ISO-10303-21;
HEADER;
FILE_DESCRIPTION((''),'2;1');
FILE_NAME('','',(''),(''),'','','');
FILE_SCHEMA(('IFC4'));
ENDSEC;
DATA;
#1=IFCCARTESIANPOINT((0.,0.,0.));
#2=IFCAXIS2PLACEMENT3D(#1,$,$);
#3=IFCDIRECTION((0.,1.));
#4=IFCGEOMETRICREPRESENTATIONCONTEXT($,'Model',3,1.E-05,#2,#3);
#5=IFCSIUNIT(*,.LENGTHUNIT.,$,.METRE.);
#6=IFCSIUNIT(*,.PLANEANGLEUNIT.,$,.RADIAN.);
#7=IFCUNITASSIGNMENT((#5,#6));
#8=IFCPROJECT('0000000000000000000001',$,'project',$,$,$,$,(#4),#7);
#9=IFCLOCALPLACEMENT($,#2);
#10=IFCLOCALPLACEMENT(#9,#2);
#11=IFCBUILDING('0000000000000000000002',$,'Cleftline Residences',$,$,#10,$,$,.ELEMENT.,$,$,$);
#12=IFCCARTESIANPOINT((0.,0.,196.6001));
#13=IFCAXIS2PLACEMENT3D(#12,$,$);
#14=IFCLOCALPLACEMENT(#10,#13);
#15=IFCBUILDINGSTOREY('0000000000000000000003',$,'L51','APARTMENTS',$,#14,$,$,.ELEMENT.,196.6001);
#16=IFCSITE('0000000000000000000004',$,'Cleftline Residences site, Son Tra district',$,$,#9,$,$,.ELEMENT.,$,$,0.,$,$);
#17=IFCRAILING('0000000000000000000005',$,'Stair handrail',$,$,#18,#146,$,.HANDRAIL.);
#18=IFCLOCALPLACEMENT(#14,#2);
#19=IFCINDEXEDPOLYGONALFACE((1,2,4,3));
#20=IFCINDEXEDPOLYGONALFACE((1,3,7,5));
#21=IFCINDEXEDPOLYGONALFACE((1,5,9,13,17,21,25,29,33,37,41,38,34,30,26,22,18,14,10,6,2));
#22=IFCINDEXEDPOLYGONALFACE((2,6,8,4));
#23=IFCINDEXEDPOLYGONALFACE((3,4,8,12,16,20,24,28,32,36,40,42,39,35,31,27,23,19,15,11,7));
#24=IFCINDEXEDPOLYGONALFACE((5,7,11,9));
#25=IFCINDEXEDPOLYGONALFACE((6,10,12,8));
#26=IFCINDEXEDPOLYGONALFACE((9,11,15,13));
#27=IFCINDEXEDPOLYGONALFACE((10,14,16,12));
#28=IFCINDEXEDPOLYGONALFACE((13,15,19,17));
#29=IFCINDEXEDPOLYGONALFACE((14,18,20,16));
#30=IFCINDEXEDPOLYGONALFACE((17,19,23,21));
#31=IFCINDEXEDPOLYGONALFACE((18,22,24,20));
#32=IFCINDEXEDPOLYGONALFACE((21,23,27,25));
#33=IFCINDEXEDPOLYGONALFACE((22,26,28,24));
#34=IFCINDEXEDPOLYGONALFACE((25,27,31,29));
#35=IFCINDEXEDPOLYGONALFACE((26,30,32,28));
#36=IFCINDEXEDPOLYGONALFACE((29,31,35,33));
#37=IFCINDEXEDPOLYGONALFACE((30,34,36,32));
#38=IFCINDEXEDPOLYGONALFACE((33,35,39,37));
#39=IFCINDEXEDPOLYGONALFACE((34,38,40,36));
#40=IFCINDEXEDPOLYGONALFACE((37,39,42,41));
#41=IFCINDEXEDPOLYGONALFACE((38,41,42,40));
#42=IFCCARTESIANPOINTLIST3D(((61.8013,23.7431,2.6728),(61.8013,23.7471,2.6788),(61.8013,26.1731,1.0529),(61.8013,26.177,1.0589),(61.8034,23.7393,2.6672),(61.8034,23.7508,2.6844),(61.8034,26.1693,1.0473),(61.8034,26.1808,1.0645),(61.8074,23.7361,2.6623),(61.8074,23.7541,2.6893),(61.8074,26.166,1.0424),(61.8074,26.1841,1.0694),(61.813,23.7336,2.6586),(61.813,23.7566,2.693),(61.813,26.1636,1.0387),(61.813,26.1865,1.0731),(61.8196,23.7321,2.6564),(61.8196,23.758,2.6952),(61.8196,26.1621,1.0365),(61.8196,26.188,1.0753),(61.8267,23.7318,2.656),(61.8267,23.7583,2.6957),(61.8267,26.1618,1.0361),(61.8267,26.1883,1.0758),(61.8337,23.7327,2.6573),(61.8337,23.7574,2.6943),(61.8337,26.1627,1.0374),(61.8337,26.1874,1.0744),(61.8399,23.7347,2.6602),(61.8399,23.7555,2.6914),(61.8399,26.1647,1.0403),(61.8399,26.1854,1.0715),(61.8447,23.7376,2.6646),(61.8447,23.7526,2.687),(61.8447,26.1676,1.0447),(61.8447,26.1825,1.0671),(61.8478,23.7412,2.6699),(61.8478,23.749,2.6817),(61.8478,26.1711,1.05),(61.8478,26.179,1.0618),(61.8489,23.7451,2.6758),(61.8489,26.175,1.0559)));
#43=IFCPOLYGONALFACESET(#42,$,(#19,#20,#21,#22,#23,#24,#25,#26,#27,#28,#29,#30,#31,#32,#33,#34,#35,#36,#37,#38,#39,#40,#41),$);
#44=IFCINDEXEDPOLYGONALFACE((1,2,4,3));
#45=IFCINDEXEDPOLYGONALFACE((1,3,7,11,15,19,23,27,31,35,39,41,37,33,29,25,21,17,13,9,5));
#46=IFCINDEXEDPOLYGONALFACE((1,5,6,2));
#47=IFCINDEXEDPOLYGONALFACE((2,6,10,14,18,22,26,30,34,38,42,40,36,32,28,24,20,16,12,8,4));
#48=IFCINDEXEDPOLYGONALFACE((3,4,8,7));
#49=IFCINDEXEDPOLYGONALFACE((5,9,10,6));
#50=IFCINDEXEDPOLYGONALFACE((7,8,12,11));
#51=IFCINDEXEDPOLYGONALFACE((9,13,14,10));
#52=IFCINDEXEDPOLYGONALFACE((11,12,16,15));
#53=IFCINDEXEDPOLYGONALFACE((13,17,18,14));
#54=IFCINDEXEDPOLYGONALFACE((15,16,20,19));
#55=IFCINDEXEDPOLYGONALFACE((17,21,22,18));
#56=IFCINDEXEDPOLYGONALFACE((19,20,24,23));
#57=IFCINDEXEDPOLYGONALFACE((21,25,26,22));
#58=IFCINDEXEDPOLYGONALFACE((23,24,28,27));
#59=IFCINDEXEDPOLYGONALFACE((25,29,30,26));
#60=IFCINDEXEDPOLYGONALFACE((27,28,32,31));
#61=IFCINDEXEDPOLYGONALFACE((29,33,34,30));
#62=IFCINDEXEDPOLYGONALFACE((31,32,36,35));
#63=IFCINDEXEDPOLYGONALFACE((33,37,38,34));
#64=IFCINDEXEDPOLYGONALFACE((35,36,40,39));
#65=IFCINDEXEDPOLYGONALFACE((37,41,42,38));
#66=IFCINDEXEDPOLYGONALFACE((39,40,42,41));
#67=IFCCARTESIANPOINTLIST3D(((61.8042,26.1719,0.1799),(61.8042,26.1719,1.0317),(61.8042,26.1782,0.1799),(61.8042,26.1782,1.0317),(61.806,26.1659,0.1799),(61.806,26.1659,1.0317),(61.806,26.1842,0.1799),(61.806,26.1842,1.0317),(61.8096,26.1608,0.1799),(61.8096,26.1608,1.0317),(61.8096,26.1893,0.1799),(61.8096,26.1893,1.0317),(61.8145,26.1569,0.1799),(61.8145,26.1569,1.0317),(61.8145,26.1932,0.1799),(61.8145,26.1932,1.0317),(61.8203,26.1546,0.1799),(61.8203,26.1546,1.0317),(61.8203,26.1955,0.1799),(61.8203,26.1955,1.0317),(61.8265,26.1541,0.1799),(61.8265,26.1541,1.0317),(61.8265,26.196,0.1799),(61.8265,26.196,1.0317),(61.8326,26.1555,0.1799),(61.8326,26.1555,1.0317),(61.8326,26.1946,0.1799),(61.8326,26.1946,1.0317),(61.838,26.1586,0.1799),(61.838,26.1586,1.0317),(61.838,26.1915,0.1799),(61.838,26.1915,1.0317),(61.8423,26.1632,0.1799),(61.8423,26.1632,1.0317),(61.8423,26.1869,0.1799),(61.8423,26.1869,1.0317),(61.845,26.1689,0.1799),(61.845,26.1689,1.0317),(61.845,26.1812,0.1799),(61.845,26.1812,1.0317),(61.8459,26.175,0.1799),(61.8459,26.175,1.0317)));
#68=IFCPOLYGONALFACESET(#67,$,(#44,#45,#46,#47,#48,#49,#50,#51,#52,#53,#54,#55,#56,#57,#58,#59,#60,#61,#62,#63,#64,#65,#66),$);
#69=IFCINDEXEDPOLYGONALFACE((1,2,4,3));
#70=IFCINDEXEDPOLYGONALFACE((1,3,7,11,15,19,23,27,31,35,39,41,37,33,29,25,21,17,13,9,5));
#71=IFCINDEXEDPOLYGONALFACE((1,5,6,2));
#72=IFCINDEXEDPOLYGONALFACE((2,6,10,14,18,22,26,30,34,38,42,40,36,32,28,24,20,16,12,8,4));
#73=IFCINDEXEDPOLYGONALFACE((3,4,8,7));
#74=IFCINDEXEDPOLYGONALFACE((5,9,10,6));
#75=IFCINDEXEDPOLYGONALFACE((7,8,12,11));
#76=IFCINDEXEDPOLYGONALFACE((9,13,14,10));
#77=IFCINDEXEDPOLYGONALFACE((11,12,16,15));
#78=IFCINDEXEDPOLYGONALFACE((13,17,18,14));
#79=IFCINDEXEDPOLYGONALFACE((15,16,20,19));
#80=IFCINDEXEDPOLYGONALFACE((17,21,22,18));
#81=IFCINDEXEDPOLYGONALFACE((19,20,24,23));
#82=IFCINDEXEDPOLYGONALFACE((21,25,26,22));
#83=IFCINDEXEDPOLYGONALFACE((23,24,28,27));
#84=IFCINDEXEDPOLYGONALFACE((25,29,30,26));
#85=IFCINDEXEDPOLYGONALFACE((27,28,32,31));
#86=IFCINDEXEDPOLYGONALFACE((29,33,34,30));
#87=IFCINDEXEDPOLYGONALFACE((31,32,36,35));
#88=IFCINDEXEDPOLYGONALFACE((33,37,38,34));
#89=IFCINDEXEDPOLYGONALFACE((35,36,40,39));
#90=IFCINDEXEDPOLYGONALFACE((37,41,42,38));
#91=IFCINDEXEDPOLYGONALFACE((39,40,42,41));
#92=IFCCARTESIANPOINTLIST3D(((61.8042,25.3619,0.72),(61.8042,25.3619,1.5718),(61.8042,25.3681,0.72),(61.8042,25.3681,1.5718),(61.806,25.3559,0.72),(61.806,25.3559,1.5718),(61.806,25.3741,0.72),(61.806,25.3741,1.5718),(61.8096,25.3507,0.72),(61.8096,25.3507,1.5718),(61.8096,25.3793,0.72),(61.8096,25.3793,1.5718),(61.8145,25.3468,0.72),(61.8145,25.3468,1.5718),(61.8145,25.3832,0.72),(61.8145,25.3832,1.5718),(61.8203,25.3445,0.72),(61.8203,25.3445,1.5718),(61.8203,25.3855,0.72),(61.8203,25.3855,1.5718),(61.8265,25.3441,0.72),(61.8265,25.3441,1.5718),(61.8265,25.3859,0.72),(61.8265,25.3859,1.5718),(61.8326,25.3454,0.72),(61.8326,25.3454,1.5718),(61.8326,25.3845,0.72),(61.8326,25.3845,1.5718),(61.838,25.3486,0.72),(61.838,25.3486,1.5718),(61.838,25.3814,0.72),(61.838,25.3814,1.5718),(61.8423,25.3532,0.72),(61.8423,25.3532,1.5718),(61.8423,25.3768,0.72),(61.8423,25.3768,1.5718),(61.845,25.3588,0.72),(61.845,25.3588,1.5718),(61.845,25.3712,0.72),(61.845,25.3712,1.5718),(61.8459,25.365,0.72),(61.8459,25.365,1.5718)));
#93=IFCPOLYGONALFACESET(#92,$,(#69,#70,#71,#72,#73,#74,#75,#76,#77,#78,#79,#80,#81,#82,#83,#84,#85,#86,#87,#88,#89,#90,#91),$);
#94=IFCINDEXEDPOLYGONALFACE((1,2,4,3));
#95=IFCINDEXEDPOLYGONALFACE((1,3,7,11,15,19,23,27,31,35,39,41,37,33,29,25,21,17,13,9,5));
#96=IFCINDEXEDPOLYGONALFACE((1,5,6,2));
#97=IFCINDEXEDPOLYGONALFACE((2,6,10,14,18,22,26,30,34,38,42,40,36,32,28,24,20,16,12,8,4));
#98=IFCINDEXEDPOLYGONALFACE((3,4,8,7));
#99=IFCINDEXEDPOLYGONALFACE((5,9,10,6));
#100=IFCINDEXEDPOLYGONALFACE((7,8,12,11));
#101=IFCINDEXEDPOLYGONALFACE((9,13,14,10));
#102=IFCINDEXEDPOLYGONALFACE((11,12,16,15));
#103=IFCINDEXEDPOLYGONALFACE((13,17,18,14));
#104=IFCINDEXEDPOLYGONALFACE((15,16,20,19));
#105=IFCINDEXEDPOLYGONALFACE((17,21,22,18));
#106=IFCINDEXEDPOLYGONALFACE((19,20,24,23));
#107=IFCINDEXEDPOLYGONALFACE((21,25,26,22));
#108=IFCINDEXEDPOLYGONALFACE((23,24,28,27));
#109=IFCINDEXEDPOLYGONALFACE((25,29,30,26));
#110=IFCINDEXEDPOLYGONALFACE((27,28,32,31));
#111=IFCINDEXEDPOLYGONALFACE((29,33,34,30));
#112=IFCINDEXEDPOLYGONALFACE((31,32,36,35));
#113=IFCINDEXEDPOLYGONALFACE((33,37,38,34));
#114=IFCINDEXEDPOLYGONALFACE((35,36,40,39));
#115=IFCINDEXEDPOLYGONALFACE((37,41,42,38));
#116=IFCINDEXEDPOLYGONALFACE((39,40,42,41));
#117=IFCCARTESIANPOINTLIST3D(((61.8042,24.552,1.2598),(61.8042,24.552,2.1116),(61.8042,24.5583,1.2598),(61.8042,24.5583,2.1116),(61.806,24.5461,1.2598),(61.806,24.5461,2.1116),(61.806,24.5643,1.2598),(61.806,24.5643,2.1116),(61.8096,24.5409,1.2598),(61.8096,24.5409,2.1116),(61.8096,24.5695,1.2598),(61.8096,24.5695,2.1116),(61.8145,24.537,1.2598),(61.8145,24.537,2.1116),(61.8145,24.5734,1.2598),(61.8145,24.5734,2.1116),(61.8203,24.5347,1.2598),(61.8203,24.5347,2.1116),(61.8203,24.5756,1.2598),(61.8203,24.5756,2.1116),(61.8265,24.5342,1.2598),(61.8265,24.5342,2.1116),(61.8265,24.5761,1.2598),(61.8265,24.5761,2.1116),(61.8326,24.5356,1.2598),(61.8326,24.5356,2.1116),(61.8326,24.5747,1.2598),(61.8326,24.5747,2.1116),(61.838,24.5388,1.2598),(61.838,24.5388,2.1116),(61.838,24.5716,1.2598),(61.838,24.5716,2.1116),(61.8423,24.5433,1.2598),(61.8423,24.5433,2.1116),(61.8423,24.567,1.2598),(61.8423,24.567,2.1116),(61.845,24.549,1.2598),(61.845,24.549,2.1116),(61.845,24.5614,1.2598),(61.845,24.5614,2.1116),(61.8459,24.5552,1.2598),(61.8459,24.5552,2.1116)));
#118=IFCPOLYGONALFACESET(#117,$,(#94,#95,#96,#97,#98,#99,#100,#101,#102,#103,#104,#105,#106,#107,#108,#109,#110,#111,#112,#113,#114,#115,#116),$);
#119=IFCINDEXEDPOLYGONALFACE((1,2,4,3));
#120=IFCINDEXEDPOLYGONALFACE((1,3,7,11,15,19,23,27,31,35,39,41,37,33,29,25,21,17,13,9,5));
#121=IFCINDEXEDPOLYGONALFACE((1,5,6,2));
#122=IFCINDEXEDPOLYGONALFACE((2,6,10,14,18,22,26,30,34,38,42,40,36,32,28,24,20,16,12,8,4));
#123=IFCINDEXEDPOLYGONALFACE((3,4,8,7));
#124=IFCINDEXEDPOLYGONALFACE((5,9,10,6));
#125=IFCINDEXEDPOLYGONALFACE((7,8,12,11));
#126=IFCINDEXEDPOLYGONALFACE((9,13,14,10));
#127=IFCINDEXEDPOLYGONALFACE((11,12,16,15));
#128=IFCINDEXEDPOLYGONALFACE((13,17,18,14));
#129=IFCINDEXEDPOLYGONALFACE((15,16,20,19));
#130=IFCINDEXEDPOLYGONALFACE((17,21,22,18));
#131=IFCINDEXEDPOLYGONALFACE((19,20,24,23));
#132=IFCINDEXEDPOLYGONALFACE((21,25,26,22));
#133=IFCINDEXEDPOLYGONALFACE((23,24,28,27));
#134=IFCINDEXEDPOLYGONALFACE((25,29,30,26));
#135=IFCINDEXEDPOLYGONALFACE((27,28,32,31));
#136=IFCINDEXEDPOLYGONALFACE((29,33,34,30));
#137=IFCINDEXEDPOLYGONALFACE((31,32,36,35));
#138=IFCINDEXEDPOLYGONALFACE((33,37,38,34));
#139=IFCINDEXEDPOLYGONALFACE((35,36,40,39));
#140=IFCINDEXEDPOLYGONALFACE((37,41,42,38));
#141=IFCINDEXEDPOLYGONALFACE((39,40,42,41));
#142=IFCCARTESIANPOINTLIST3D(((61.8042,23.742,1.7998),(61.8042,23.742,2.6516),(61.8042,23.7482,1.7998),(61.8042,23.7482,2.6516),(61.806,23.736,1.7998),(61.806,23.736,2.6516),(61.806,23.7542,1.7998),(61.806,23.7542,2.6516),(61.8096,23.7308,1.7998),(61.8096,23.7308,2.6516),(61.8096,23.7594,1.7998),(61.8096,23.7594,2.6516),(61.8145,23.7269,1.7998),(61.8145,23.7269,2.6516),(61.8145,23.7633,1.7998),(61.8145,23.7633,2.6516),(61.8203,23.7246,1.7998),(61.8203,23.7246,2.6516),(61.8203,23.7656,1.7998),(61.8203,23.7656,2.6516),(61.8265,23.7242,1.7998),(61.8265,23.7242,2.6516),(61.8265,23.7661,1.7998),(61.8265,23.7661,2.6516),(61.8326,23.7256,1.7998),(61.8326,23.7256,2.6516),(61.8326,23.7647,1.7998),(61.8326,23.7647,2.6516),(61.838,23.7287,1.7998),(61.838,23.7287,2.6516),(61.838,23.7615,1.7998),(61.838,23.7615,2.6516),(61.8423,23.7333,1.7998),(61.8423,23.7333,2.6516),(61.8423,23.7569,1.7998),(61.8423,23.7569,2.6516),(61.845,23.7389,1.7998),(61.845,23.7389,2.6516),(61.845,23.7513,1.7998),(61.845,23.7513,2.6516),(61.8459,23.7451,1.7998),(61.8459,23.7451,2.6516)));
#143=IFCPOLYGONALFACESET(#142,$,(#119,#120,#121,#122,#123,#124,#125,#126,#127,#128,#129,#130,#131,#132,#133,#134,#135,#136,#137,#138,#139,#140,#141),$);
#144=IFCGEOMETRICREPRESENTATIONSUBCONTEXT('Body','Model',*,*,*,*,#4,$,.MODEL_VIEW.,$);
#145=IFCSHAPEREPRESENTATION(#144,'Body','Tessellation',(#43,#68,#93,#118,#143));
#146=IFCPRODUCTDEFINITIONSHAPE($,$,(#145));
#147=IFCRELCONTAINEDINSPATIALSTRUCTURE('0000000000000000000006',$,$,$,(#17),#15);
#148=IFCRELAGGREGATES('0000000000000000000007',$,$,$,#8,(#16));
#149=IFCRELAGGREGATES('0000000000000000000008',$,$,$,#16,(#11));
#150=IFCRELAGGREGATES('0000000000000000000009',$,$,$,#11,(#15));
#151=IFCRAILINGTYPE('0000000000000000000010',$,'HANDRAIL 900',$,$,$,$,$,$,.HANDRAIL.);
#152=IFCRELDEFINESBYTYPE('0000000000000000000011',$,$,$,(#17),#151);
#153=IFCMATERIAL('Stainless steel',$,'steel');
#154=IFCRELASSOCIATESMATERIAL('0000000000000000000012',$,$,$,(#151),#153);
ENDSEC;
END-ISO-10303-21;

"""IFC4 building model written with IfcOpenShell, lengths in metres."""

from ifc_helpers import new_model, si_unit, direction, frame, origin, origin_2d, place, context, subcontext, project, spatial, circle, extrude, material, type_object, element, save


model = new_model("IFC4")

# Units and contexts
model_context = context("Model", 3, precision=1e-05, world=origin(), true_north=direction((0.0, 1.0)))
body_context = subcontext(model_context, "Body", "Model", "MODEL_VIEW")
ifc_project = project(units=[si_unit("LENGTHUNIT", "METRE"), si_unit("PLANEANGLEUNIT", "RADIAN")], contexts=[model_context])

# Site, building, storey
site_placement = place(None, origin())
site = spatial("IfcSite", under=ifc_project, at=site_placement, Name="Cleftline Residences site, Son Tra district", CompositionType="ELEMENT", RefElevation=0.0)
building_placement = place(site_placement, origin())
building = spatial("IfcBuilding", under=site, at=building_placement, Name="Cleftline Residences", CompositionType="ELEMENT")
storey_placement = place(building_placement, frame((0.0, 0.0, 196.6001)))
storey = spatial("IfcBuildingStorey", under=building, at=storey_placement, Name="L51", Description="APARTMENTS", CompositionType="ELEMENT", Elevation=196.6001)

# Railing
ifc_material_1 = material(Name="Stainless steel", Category="steel")
railing_type = type_object("IfcRailingType", Name="HANDRAIL 900", PredefinedType="HANDRAIL", material=ifc_material_1)
railing_placement = place(storey_placement, frame((61.825, 26.175, 0.1799)))
element("IfcRailing", 1, at=railing_placement, inside=storey, type_object=railing_type, Name="Stair handrail", PredefinedType="HANDRAIL", context=body_context, shape_type="SweptSolid", body=[
    extrude(circle(Radius=0.0239, at=origin_2d()), frame((0.0, 0.0, 0.876), z_axis=(0.0, -0.832063, 0.554681), x_axis=(1.0, 0.0, 0.0)), (0.0, 0.0, 1.0), 2.9204),
    extrude(circle(Radius=0.021, at=origin_2d()), origin(), (0.0, 0.0, 1.0), 0.8518),
    extrude(circle(Radius=0.021, at=origin_2d()), frame((0.0, -0.8101, 0.54)), (0.0, 0.0, 1.0), 0.8518),
    extrude(circle(Radius=0.021, at=origin_2d()), frame((0.0, -1.6199, 1.0798)), (0.0, 0.0, 1.0), 0.8518),
    extrude(circle(Radius=0.021, at=origin_2d()), frame((0.0, -2.4299, 1.6199)), (0.0, 0.0, 1.0), 0.8518),
])

save(model, "model.ifc")
